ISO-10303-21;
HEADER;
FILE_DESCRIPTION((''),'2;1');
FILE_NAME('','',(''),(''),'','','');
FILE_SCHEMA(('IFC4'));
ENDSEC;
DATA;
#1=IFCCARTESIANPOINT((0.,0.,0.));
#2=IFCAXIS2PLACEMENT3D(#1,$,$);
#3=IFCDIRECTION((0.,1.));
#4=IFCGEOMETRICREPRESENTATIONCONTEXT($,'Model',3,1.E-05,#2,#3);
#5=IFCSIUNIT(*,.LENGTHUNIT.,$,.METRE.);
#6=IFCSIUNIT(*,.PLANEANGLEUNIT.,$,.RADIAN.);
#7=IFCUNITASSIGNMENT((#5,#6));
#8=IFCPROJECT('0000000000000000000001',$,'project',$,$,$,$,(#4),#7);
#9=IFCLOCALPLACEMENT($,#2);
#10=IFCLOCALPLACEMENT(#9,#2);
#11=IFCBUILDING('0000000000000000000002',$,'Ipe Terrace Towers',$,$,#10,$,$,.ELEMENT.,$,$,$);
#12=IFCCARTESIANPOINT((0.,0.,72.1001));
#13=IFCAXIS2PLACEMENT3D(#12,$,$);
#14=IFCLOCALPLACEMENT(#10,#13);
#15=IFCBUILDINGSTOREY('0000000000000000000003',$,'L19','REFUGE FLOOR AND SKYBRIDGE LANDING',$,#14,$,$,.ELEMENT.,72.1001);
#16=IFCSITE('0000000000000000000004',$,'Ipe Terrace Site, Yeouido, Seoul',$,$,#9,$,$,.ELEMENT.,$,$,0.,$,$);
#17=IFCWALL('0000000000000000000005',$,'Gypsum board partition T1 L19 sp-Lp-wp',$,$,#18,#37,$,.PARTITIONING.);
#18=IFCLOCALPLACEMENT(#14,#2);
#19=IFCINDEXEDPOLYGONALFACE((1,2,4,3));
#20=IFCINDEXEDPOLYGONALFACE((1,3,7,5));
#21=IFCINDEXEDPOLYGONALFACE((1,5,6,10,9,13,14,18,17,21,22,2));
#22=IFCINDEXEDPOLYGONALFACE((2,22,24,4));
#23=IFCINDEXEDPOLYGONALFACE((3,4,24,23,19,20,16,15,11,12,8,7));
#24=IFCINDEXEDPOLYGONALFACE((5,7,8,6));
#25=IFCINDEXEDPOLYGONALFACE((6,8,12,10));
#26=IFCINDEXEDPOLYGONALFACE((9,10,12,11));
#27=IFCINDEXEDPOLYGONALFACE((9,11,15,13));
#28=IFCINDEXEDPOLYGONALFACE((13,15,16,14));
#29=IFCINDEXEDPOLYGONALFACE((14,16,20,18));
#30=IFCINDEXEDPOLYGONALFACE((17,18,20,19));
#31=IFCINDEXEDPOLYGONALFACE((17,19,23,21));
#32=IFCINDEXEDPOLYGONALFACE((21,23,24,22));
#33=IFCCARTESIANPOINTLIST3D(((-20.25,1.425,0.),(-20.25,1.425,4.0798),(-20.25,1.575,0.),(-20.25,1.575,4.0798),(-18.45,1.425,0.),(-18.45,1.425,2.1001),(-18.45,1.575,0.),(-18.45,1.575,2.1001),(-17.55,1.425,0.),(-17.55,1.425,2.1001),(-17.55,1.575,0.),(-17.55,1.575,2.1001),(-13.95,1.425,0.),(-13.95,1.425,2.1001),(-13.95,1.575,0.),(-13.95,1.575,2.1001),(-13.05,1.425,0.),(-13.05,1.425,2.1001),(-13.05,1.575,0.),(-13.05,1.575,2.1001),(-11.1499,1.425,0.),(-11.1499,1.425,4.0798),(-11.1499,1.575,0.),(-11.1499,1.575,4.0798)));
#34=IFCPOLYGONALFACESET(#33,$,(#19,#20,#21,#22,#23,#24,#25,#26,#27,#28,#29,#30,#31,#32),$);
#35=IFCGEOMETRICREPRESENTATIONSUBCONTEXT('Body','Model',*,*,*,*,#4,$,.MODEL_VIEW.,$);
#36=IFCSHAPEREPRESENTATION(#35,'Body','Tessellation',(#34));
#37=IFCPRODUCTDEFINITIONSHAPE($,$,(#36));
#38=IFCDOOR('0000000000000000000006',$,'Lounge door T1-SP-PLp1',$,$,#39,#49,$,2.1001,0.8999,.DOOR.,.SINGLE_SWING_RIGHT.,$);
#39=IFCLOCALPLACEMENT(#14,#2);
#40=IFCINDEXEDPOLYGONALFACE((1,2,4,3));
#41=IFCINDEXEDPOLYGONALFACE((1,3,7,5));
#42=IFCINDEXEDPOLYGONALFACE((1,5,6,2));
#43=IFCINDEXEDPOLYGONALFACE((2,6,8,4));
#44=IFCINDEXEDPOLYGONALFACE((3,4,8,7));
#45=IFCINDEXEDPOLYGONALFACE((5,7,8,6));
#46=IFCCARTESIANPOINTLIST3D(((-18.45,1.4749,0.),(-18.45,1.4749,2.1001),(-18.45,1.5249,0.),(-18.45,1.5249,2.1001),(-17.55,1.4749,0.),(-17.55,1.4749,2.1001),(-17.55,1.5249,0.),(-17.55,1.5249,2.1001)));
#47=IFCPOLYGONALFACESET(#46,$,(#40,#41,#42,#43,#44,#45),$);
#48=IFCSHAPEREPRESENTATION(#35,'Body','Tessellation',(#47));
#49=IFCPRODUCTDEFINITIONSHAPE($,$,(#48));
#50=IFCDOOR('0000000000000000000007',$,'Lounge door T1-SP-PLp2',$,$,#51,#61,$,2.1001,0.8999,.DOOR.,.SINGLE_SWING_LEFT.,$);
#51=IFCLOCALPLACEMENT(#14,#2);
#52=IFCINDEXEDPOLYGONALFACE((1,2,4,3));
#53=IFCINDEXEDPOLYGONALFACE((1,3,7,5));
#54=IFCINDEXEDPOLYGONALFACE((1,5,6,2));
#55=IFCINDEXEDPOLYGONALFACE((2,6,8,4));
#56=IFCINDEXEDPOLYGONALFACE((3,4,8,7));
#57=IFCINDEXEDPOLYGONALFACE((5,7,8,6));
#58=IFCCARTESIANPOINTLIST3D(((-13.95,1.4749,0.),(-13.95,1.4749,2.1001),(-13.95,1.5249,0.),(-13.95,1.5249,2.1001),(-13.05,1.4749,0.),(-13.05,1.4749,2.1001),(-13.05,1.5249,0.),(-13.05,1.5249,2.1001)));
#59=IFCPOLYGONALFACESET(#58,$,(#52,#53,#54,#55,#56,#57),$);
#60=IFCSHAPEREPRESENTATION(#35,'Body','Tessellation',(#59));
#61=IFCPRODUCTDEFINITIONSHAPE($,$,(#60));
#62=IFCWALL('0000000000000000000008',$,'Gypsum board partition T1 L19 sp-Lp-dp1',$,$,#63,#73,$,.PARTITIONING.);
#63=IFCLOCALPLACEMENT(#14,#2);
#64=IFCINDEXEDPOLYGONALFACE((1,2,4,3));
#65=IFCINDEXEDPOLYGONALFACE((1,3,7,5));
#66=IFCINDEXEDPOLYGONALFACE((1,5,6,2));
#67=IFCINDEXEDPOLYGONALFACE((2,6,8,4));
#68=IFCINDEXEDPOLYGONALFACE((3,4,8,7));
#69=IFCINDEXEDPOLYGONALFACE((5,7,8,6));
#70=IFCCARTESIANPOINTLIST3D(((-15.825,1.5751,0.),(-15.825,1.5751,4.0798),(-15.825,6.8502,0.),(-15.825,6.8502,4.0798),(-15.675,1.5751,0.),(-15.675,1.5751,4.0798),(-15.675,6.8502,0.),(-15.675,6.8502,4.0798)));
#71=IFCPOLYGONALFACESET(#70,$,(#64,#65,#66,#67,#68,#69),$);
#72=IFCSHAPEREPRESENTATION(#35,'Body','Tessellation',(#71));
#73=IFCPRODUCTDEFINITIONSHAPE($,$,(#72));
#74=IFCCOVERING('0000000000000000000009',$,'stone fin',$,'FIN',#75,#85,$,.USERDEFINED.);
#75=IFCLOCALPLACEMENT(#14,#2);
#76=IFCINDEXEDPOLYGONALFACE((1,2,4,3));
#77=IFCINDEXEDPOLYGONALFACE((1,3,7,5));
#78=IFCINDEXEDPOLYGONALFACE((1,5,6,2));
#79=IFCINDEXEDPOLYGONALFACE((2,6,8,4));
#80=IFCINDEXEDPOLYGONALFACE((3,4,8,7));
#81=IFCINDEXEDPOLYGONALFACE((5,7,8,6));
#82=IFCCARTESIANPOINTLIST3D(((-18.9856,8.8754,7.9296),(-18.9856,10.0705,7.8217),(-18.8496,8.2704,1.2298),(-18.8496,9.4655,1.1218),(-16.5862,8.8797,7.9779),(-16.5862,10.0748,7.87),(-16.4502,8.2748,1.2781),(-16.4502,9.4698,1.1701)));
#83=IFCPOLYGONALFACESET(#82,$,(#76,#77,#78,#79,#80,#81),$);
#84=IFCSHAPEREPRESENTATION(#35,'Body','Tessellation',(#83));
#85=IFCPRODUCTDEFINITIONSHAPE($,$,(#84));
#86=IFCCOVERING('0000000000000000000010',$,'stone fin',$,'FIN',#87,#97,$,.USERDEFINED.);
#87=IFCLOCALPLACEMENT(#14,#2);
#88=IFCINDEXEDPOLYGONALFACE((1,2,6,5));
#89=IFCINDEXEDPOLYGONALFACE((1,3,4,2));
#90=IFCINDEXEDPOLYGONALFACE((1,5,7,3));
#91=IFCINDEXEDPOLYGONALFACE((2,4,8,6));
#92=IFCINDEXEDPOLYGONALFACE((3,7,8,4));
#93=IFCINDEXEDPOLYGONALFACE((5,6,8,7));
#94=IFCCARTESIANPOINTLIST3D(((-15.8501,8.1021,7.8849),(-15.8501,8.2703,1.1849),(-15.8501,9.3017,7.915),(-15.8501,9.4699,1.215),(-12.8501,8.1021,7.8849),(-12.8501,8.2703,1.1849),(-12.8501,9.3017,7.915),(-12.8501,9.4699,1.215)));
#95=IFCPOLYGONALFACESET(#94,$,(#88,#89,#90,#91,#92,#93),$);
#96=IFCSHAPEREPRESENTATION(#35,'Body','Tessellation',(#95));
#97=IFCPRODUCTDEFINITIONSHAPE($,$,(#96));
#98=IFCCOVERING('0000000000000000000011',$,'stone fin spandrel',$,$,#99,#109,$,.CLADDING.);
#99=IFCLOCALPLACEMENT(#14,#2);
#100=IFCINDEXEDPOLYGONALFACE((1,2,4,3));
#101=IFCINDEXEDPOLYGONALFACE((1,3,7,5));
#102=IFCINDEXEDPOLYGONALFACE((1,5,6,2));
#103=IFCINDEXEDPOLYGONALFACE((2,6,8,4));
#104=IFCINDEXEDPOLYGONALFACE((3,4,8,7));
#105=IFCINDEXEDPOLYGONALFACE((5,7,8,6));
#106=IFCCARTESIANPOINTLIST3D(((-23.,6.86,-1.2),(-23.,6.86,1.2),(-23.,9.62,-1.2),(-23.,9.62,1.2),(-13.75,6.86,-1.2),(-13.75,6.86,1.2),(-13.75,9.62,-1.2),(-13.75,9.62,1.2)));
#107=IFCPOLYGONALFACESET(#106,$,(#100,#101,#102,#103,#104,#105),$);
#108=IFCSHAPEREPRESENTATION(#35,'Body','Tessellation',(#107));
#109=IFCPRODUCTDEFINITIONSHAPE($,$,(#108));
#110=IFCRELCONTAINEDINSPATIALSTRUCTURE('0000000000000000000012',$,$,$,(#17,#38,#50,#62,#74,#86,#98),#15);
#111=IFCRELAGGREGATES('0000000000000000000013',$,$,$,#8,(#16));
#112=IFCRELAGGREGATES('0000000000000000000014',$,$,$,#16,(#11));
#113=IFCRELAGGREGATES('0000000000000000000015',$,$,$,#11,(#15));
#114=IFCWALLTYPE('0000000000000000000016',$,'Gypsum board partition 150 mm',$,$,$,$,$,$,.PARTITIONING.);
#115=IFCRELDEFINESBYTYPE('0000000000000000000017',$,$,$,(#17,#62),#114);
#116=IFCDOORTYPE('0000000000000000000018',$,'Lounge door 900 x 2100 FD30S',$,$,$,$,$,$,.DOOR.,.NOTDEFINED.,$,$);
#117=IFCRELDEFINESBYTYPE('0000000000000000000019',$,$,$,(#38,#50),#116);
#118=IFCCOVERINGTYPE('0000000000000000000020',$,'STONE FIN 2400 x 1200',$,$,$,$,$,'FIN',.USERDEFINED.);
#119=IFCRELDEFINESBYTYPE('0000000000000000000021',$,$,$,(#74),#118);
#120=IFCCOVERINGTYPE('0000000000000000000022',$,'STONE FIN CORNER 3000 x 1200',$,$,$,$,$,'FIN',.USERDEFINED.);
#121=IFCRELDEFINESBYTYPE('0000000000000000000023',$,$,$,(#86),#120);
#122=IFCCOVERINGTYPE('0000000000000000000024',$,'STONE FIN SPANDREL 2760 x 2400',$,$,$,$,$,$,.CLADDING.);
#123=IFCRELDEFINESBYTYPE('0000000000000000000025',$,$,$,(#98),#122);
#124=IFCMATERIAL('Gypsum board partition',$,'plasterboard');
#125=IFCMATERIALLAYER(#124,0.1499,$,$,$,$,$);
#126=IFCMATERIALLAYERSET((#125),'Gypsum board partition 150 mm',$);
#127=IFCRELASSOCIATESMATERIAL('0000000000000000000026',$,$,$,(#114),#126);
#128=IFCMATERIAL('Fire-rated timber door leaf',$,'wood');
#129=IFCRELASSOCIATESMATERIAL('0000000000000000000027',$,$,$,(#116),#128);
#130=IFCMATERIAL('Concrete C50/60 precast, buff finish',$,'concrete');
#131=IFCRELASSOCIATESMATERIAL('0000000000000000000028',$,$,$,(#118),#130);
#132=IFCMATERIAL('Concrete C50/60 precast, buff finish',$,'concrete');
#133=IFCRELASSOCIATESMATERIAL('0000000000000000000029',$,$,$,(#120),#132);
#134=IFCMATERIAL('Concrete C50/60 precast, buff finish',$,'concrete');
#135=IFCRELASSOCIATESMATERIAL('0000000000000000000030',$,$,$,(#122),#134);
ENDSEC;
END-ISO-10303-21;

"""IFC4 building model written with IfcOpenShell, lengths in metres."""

from ifc_helpers import new_model, si_unit, direction, frame, frame_2d, origin, origin_2d, place, context, subcontext, project, spatial, rectangle, extrude, material, layer, layer_set, material_profile, profile_set, type_object, element, fill, save


model = new_model("IFC4")

# Units and contexts
model_context = context("Model", 3, precision=1e-05, world=origin(), true_north=direction((0.0, 1.0)))
body_context = subcontext(model_context, "Body", "Model", "MODEL_VIEW")
ifc_project = project(units=[si_unit("LENGTHUNIT", "METRE"), si_unit("PLANEANGLEUNIT", "RADIAN")], contexts=[model_context])

# Site, building, storey
site_placement = place(None, origin())
site = spatial("IfcSite", under=ifc_project, at=site_placement, Name="Ipe Terrace Site, Yeouido, Seoul", CompositionType="ELEMENT", RefElevation=0.0)
building_placement = place(site_placement, origin())
building = spatial("IfcBuilding", under=site, at=building_placement, Name="Ipe Terrace Towers", CompositionType="ELEMENT")
storey_placement = place(building_placement, frame((0.0, 0.0, 72.1001)))
storey = spatial("IfcBuildingStorey", under=building, at=storey_placement, Name="L19", Description="REFUGE FLOOR AND SKYBRIDGE LANDING", CompositionType="ELEMENT", Elevation=72.1001)

# Wall, openings, doors
ifc_material_1 = material(Name="Gypsum board partition", Category="plasterboard")
ifc_layer_1 = layer(ifc_material_1, 0.1499)
ifc_layer_set_1 = layer_set([ifc_layer_1], Name="Gypsum board partition 150 mm")
wall_type_1 = type_object("IfcWallType", Name="Gypsum board partition 150 mm", PredefinedType="PARTITIONING", material=ifc_layer_set_1)
wall_1_placement = place(storey_placement, frame((-20.25, 1.5, 0.0), z_axis=(0.0, 0.0, 1.0), x_axis=(1.0, 0.0, 0.0)))
wall_1 = element("IfcWall", 1, at=wall_1_placement, inside=storey, type_object=wall_type_1, Name="Gypsum board partition T1 L19 sp-Lp-wp", PredefinedType="PARTITIONING", context=body_context, shape_type="SweptSolid", body=[
    extrude(rectangle(XDim=9.1001, YDim=0.1499, at=frame_2d((4.55, 0.0))), origin(), (0.0, 0.0, 1.0), 4.0798),
])
opening_1_placement = place(wall_1_placement, frame((1.8, 0.0, 0.0)))
opening_1 = element("IfcOpeningElement", 2, at=opening_1_placement, cuts=wall_1, PredefinedType="OPENING", context=body_context, shape_type="SweptSolid", body=[
    extrude(rectangle(XDim=0.8999, YDim=2.1001, at=frame_2d((0.45, 1.05))), frame((0.0, 0.085, 0.0), z_axis=(0.0, -1.0, 0.0), x_axis=(1.0, 0.0, 0.0)), (0.0, 0.0, 1.0), 0.1699),
])
opening_2_placement = place(wall_1_placement, frame((6.3, 0.0, 0.0)))
opening_2 = element("IfcOpeningElement", 3, at=opening_2_placement, cuts=wall_1, PredefinedType="OPENING", context=body_context, shape_type="SweptSolid", body=[
    extrude(rectangle(XDim=0.8999, YDim=2.1001, at=frame_2d((0.45, 1.05))), frame((0.0, 0.085, 0.0), z_axis=(0.0, -1.0, 0.0), x_axis=(1.0, 0.0, 0.0)), (0.0, 0.0, 1.0), 0.1699),
])
ifc_material_2 = material(Name="Fire-rated timber door leaf", Category="wood")
door_type = type_object("IfcDoorType", Name="Lounge door 900 x 2100 FD30S", OperationType="NOTDEFINED", PredefinedType="DOOR", material=ifc_material_2)
door_1_placement = place(opening_1_placement, origin())
door_1 = element("IfcDoor", 4, at=door_1_placement, inside=storey, type_object=door_type, Name="Lounge door T1-SP-PLp1", OperationType="SINGLE_SWING_RIGHT", OverallHeight=2.1001, OverallWidth=0.8999, PredefinedType="DOOR", context=body_context, shape_type="SweptSolid", body=[
    extrude(rectangle(XDim=0.8999, YDim=2.1001, at=frame_2d((0.45, 1.05))), frame((0.0, 0.0249, 0.0), z_axis=(0.0, -1.0, 0.0), x_axis=(1.0, 0.0, 0.0)), (0.0, 0.0, 1.0), 0.05),
])
fill(opening_1, door_1)
door_2_placement = place(opening_2_placement, origin())
door_2 = element("IfcDoor", 5, at=door_2_placement, inside=storey, type_object=door_type, Name="Lounge door T1-SP-PLp2", OperationType="SINGLE_SWING_LEFT", OverallHeight=2.1001, OverallWidth=0.8999, PredefinedType="DOOR", context=body_context, shape_type="SweptSolid", body=[
    extrude(rectangle(XDim=0.8999, YDim=2.1001, at=frame_2d((0.45, 1.05))), frame((0.0, 0.0249, 0.0), z_axis=(0.0, -1.0, 0.0), x_axis=(1.0, 0.0, 0.0)), (0.0, 0.0, 1.0), 0.05),
])
fill(opening_2, door_2)

# Wall
wall_2_placement = place(storey_placement, frame((-15.75, 1.575, 0.0), z_axis=(0.0, 0.0, 1.0), x_axis=(0.0, 1.0, 0.0)))
element("IfcWall", 6, at=wall_2_placement, inside=storey, type_object=wall_type_1, Name="Gypsum board partition T1 L19 sp-Lp-dp1", PredefinedType="PARTITIONING", context=body_context, shape_type="SweptSolid", body=[
    extrude(rectangle(XDim=5.2751, YDim=0.1499, at=frame_2d((2.6377, 0.0))), origin(), (0.0, 0.0, 1.0), 4.0798),
])

# Coverings
ifc_material_3 = material(Name="Concrete C50/60 precast, buff finish", Category="concrete")
ifc_material_profile_1 = material_profile(ifc_material_3, rectangle(XDim=2.3999, YDim=1.2, at=origin_2d()), Name="STONE FIN 2400 x 1200")
ifc_profile_set_1 = profile_set([ifc_material_profile_1], Name="Concrete C50/60 precast, buff finish")
covering_type_1 = type_object("IfcCoveringType", Name="STONE FIN 2400 x 1200", ElementType="FIN", PredefinedType="USERDEFINED", material=ifc_profile_set_1)
covering_1_placement = place(storey_placement, frame((-17.6499, 8.8701, 1.2), z_axis=(-0.02021, 0.089912, 0.995745), x_axis=(-0.999796, -0.001818, -0.020128)))
element("IfcCovering", 7, at=covering_1_placement, inside=storey, type_object=covering_type_1, Name="stone fin", ObjectType="FIN", PredefinedType="USERDEFINED", context=body_context, shape_type="SweptSolid", body=[
    extrude(rectangle(XDim=2.3999, YDim=1.2, at=origin_2d()), origin(), (0.0, 0.0, 1.0), 6.7285),
])
ifc_material_4 = material(Name="Concrete C50/60 precast, buff finish", Category="concrete")
ifc_material_profile_2 = material_profile(ifc_material_4, rectangle(XDim=3.0, YDim=1.2, at=origin_2d()), Name="STONE FIN CORNER 3000 x 1200")
ifc_profile_set_2 = profile_set([ifc_material_profile_2], Name="Concrete C50/60 precast, buff finish")
covering_type_2 = type_object("IfcCoveringType", Name="STONE FIN CORNER 3000 x 1200", ElementType="FIN", PredefinedType="USERDEFINED", material=ifc_profile_set_2)
covering_2_placement = place(storey_placement, frame((-14.3501, 8.8701, 1.2), z_axis=(0.0, -0.025099, 0.999685), x_axis=(-1.0, 0.0, 0.0)))
element("IfcCovering", 8, at=covering_2_placement, inside=storey, type_object=covering_type_2, Name="stone fin", ObjectType="FIN", PredefinedType="USERDEFINED", context=body_context, shape_type="SweptSolid", body=[
    extrude(rectangle(XDim=3.0, YDim=1.2, at=origin_2d()), origin(), (0.0, 0.0, 1.0), 6.7021),
])
ifc_material_5 = material(Name="Concrete C50/60 precast, buff finish", Category="concrete")
ifc_material_profile_3 = material_profile(ifc_material_5, rectangle(XDim=2.76, YDim=2.3999, at=origin_2d()), Name="STONE FIN SPANDREL 2760 x 2400")
ifc_profile_set_3 = profile_set([ifc_material_profile_3], Name="Concrete C50/60 precast, buff finish")
covering_type_3 = type_object("IfcCoveringType", Name="STONE FIN SPANDREL 2760 x 2400", PredefinedType="CLADDING", material=ifc_profile_set_3)
covering_3_placement = place(storey_placement, frame((-13.75, 8.24, 0.0), z_axis=(-1.0, 0.0, 0.0), x_axis=(0.0, 1.0, 0.0)))
element("IfcCovering", 9, at=covering_3_placement, inside=storey, type_object=covering_type_3, Name="stone fin spandrel", PredefinedType="CLADDING", context=body_context, shape_type="SweptSolid", body=[
    extrude(rectangle(XDim=2.76, YDim=2.3999, at=origin_2d()), origin(), (0.0, 0.0, 1.0), 9.25),
])

save(model, "model.ifc")
